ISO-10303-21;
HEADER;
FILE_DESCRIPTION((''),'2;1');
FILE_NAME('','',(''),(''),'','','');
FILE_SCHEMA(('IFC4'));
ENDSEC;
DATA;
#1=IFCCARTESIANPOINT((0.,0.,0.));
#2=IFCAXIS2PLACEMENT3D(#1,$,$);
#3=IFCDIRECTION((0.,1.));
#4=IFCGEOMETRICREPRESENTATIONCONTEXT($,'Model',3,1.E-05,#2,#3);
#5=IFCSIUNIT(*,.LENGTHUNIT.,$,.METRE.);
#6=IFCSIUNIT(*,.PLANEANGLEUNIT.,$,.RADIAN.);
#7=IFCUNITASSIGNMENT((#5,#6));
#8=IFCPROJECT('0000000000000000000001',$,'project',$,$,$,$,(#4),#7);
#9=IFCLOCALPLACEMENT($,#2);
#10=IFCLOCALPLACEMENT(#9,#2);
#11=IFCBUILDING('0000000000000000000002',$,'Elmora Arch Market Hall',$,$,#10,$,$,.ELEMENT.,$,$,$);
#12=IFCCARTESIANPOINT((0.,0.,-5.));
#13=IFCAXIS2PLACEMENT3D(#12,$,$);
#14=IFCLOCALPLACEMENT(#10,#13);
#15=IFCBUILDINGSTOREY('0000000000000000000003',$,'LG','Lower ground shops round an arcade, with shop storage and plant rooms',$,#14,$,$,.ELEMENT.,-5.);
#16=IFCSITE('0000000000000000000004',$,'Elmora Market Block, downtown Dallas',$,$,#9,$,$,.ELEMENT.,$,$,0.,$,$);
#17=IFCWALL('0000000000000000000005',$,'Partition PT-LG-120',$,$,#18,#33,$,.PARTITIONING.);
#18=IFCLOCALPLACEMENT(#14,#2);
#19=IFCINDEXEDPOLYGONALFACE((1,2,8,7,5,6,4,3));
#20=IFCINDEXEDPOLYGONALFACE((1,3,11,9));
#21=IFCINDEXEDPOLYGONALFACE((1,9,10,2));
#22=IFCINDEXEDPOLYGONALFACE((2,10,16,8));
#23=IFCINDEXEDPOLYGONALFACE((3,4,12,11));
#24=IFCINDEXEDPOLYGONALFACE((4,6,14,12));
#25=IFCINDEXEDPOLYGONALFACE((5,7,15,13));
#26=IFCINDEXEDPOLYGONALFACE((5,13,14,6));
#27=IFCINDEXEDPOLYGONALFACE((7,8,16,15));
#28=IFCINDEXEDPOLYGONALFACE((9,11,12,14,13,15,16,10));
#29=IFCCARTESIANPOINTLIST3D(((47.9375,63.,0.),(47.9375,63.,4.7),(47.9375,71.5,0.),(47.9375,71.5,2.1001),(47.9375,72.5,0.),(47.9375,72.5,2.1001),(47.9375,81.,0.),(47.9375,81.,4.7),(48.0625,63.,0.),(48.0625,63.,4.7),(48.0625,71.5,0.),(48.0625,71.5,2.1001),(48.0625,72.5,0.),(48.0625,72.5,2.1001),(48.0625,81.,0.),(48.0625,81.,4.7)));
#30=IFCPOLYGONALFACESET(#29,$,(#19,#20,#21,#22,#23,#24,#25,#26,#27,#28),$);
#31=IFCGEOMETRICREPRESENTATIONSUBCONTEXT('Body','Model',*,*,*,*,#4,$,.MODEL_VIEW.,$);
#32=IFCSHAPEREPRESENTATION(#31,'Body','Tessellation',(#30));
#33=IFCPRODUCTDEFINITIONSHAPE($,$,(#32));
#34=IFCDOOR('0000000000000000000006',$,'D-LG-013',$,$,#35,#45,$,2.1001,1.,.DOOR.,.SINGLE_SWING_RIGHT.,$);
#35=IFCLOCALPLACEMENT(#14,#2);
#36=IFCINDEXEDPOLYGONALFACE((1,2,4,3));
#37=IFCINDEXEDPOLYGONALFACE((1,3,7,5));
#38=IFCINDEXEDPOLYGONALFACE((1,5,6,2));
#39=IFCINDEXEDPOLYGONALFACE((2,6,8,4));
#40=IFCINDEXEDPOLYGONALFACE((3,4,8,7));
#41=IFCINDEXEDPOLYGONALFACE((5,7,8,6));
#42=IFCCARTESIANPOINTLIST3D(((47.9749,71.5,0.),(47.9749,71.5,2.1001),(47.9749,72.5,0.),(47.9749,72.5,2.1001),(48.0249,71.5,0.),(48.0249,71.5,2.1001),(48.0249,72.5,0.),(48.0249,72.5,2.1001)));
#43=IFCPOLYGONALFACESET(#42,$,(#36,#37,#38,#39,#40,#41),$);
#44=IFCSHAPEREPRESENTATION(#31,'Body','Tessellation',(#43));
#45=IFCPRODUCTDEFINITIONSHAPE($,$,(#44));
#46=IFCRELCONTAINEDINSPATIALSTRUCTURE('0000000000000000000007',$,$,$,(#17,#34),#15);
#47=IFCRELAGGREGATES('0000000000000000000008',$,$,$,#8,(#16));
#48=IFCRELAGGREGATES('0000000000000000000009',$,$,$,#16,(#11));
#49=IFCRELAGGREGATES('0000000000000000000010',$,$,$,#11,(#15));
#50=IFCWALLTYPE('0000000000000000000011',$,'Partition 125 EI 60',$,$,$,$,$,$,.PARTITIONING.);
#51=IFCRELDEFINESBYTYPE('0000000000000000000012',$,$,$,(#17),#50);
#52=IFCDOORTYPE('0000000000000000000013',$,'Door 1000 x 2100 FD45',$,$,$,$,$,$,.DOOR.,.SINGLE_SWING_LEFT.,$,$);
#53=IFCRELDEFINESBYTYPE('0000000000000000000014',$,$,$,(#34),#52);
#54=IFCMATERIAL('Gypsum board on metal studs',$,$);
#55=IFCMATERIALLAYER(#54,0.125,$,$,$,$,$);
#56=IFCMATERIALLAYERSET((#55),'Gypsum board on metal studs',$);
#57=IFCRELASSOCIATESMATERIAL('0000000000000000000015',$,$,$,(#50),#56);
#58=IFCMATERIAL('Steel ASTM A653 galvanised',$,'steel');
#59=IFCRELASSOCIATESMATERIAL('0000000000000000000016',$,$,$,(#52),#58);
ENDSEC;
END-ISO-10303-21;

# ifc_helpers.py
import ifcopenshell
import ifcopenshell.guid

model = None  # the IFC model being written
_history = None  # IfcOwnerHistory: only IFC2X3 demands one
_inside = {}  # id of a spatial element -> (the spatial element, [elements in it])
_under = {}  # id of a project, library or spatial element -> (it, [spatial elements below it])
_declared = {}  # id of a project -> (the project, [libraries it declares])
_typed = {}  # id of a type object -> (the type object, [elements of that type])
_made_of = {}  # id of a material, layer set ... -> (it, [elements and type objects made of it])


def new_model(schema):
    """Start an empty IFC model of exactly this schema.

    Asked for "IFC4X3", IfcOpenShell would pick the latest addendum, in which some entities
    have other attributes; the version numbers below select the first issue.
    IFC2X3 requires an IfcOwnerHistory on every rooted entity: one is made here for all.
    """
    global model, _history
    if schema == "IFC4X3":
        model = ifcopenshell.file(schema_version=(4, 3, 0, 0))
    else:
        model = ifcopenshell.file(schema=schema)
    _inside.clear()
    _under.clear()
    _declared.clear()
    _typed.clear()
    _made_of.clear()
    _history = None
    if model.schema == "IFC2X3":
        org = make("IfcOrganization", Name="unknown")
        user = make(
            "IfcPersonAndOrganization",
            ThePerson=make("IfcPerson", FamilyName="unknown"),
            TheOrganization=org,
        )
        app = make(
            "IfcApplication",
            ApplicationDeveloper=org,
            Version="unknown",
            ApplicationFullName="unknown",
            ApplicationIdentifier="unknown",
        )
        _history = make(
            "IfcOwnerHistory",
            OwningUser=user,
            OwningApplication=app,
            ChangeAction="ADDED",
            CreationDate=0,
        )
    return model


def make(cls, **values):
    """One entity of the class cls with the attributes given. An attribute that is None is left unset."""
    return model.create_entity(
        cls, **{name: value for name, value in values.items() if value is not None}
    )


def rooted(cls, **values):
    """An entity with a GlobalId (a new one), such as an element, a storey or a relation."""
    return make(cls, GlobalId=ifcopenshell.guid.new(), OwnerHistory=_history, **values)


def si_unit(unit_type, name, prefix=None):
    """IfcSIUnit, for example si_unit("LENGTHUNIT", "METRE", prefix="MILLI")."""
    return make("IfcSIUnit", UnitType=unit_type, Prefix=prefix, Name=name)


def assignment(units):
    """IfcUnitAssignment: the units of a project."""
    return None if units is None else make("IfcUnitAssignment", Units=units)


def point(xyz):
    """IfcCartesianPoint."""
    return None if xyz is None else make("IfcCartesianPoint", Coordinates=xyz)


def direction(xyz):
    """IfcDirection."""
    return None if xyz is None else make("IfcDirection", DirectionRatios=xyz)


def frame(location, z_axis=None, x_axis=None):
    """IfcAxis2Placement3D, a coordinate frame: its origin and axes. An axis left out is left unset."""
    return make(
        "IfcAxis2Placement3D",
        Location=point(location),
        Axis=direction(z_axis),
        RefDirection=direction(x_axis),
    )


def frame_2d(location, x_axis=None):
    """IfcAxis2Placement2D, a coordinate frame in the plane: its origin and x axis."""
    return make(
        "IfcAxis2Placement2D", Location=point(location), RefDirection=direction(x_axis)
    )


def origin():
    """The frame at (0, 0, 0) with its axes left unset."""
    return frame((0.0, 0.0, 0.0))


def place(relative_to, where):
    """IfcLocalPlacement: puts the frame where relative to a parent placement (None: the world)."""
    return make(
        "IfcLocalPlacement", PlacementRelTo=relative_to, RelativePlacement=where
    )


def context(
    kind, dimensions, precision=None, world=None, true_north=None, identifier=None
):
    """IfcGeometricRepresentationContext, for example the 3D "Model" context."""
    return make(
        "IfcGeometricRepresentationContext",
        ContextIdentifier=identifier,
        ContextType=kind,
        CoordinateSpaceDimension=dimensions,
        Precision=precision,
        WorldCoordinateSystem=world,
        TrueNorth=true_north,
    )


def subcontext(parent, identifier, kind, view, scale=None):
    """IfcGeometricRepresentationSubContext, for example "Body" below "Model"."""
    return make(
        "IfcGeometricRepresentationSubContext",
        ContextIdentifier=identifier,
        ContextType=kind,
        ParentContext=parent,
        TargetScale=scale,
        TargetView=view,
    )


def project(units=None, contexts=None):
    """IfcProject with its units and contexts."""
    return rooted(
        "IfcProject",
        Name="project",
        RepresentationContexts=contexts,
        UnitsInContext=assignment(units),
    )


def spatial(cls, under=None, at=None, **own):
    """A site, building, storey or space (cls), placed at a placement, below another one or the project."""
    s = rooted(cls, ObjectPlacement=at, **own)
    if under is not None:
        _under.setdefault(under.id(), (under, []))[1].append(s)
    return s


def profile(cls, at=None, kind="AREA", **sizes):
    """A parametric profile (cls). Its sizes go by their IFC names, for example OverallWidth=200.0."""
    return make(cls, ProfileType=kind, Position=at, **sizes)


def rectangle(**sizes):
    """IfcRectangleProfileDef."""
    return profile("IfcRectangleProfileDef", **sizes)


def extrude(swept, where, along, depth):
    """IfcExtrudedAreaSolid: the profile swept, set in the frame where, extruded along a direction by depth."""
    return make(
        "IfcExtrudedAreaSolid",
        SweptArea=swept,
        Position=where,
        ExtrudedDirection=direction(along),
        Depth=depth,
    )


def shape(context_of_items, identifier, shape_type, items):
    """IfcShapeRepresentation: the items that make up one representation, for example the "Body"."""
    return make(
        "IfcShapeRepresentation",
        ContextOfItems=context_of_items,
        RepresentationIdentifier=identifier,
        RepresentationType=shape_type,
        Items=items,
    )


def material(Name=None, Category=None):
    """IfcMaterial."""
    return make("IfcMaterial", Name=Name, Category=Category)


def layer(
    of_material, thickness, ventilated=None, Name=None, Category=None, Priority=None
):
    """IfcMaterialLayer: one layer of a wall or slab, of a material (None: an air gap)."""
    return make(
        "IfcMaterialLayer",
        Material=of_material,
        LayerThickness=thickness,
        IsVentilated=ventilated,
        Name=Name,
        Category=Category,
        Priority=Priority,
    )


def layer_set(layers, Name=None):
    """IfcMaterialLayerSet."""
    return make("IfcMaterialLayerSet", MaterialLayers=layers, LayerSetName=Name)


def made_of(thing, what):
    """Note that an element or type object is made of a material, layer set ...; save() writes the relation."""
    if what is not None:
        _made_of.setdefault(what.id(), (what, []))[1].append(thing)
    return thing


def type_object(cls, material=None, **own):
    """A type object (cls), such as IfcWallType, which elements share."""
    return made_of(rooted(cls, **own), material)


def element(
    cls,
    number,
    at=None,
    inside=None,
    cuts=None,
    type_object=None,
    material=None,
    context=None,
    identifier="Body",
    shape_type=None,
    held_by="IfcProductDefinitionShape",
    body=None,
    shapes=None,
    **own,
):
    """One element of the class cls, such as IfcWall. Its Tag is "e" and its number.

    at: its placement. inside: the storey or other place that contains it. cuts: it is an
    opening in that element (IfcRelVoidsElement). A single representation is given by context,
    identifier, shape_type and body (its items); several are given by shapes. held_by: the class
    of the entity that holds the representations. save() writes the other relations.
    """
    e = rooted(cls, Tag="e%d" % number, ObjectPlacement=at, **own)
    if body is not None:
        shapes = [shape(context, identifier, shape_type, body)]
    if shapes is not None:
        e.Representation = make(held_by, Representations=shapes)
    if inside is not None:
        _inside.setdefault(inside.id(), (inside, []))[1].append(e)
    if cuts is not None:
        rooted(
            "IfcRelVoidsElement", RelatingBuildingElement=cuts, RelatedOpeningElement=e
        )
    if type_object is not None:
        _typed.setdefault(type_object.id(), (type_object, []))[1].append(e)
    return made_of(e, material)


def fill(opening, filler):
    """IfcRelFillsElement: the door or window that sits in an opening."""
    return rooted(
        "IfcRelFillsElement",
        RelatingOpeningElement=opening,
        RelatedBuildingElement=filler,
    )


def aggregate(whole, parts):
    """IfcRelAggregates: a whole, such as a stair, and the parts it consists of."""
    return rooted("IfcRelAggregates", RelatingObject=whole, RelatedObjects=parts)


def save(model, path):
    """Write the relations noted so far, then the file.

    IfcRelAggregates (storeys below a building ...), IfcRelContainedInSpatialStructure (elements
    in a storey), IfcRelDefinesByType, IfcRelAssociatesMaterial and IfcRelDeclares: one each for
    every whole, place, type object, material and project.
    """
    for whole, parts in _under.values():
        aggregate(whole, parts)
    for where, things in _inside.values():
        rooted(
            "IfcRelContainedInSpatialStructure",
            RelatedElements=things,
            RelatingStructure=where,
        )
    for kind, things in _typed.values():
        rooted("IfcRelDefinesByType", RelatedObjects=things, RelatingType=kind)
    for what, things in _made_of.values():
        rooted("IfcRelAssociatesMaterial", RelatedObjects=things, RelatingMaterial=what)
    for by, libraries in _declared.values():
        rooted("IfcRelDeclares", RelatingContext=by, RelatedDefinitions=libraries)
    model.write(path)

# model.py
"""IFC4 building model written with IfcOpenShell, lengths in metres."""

from ifc_helpers import new_model, si_unit, direction, frame, frame_2d, origin, place, context, subcontext, project, spatial, rectangle, extrude, material, layer, layer_set, type_object, element, fill, save


model = new_model("IFC4")

# Units and contexts
model_context = context("Model", 3, precision=1e-05, world=origin(), true_north=direction((0.0, 1.0)))
body_context = subcontext(model_context, "Body", "Model", "MODEL_VIEW")
ifc_project = project(units=[si_unit("LENGTHUNIT", "METRE"), si_unit("PLANEANGLEUNIT", "RADIAN")], contexts=[model_context])

# Site, building, storey
site_placement = place(None, origin())
site = spatial("IfcSite", under=ifc_project, at=site_placement, Name="Elmora Market Block, downtown Dallas", CompositionType="ELEMENT", RefElevation=0.0)
building_placement = place(site_placement, origin())
building = spatial("IfcBuilding", under=site, at=building_placement, Name="Elmora Arch Market Hall", CompositionType="ELEMENT")
storey_placement = place(building_placement, frame((0.0, 0.0, -5.0)))
storey = spatial("IfcBuildingStorey", under=building, at=storey_placement, Name="LG", Description="Lower ground shops round an arcade, with shop storage and plant rooms", CompositionType="ELEMENT", Elevation=-5.0)

# Shared definitions
ifc_material_1 = material(Name="Gypsum board on metal studs")
ifc_layer_1 = layer(ifc_material_1, 0.125)
ifc_layer_set_1 = layer_set([ifc_layer_1], Name="Gypsum board on metal studs")
wall_type_1 = type_object("IfcWallType", Name="Partition 125 EI 60", PredefinedType="PARTITIONING", material=ifc_layer_set_1)

# Wall, opening, door
wall_1_placement = place(storey_placement, frame((48.0, 63.0, 0.0), z_axis=(0.0, 0.0, 1.0), x_axis=(0.0, 1.0, 0.0)))
wall_1 = element("IfcWall", 1, at=wall_1_placement, inside=storey, type_object=wall_type_1, Name="Partition PT-LG-120", PredefinedType="PARTITIONING", context=body_context, shape_type="SweptSolid", body=[
    extrude(rectangle(XDim=18.0, YDim=0.125, at=frame_2d((9.0, 0.0))), origin(), (0.0, 0.0, 1.0), 4.7),
])
opening_1_placement = place(wall_1_placement, frame((8.5, 0.0, 0.0)))
opening_1 = element("IfcOpeningElement", 2, at=opening_1_placement, cuts=wall_1, PredefinedType="OPENING", context=body_context, shape_type="SweptSolid", body=[
    extrude(rectangle(XDim=1.0, YDim=2.1001, at=frame_2d((0.5, 1.05))), frame((0.0, 0.0725, 0.0), z_axis=(0.0, -1.0, 0.0), x_axis=(1.0, 0.0, 0.0)), (0.0, 0.0, 1.0), 0.145),
])
ifc_material_2 = material(Name="Steel ASTM A653 galvanised", Category="steel")
door_type_1 = type_object("IfcDoorType", Name="Door 1000 x 2100 FD45", OperationType="SINGLE_SWING_LEFT", PredefinedType="DOOR", material=ifc_material_2)
door_1_placement = place(opening_1_placement, frame((1.0, 0.0, 0.0), z_axis=(0.0, 0.0, 1.0), x_axis=(-1.0, 0.0, 0.0)))
door_1 = element("IfcDoor", 3, at=door_1_placement, inside=storey, type_object=door_type_1, Name="D-LG-013", OperationType="SINGLE_SWING_RIGHT", OverallHeight=2.1001, OverallWidth=1.0, PredefinedType="DOOR", context=body_context, shape_type="SweptSolid", body=[
    extrude(rectangle(XDim=1.0, YDim=2.1001, at=frame_2d((0.5, 1.05))), frame((0.0, 0.0249, 0.0), z_axis=(0.0, -1.0, 0.0), x_axis=(1.0, 0.0, 0.0)), (0.0, 0.0, 1.0), 0.05),
])
fill(opening_1, door_1)

save(model, "model.ifc")
